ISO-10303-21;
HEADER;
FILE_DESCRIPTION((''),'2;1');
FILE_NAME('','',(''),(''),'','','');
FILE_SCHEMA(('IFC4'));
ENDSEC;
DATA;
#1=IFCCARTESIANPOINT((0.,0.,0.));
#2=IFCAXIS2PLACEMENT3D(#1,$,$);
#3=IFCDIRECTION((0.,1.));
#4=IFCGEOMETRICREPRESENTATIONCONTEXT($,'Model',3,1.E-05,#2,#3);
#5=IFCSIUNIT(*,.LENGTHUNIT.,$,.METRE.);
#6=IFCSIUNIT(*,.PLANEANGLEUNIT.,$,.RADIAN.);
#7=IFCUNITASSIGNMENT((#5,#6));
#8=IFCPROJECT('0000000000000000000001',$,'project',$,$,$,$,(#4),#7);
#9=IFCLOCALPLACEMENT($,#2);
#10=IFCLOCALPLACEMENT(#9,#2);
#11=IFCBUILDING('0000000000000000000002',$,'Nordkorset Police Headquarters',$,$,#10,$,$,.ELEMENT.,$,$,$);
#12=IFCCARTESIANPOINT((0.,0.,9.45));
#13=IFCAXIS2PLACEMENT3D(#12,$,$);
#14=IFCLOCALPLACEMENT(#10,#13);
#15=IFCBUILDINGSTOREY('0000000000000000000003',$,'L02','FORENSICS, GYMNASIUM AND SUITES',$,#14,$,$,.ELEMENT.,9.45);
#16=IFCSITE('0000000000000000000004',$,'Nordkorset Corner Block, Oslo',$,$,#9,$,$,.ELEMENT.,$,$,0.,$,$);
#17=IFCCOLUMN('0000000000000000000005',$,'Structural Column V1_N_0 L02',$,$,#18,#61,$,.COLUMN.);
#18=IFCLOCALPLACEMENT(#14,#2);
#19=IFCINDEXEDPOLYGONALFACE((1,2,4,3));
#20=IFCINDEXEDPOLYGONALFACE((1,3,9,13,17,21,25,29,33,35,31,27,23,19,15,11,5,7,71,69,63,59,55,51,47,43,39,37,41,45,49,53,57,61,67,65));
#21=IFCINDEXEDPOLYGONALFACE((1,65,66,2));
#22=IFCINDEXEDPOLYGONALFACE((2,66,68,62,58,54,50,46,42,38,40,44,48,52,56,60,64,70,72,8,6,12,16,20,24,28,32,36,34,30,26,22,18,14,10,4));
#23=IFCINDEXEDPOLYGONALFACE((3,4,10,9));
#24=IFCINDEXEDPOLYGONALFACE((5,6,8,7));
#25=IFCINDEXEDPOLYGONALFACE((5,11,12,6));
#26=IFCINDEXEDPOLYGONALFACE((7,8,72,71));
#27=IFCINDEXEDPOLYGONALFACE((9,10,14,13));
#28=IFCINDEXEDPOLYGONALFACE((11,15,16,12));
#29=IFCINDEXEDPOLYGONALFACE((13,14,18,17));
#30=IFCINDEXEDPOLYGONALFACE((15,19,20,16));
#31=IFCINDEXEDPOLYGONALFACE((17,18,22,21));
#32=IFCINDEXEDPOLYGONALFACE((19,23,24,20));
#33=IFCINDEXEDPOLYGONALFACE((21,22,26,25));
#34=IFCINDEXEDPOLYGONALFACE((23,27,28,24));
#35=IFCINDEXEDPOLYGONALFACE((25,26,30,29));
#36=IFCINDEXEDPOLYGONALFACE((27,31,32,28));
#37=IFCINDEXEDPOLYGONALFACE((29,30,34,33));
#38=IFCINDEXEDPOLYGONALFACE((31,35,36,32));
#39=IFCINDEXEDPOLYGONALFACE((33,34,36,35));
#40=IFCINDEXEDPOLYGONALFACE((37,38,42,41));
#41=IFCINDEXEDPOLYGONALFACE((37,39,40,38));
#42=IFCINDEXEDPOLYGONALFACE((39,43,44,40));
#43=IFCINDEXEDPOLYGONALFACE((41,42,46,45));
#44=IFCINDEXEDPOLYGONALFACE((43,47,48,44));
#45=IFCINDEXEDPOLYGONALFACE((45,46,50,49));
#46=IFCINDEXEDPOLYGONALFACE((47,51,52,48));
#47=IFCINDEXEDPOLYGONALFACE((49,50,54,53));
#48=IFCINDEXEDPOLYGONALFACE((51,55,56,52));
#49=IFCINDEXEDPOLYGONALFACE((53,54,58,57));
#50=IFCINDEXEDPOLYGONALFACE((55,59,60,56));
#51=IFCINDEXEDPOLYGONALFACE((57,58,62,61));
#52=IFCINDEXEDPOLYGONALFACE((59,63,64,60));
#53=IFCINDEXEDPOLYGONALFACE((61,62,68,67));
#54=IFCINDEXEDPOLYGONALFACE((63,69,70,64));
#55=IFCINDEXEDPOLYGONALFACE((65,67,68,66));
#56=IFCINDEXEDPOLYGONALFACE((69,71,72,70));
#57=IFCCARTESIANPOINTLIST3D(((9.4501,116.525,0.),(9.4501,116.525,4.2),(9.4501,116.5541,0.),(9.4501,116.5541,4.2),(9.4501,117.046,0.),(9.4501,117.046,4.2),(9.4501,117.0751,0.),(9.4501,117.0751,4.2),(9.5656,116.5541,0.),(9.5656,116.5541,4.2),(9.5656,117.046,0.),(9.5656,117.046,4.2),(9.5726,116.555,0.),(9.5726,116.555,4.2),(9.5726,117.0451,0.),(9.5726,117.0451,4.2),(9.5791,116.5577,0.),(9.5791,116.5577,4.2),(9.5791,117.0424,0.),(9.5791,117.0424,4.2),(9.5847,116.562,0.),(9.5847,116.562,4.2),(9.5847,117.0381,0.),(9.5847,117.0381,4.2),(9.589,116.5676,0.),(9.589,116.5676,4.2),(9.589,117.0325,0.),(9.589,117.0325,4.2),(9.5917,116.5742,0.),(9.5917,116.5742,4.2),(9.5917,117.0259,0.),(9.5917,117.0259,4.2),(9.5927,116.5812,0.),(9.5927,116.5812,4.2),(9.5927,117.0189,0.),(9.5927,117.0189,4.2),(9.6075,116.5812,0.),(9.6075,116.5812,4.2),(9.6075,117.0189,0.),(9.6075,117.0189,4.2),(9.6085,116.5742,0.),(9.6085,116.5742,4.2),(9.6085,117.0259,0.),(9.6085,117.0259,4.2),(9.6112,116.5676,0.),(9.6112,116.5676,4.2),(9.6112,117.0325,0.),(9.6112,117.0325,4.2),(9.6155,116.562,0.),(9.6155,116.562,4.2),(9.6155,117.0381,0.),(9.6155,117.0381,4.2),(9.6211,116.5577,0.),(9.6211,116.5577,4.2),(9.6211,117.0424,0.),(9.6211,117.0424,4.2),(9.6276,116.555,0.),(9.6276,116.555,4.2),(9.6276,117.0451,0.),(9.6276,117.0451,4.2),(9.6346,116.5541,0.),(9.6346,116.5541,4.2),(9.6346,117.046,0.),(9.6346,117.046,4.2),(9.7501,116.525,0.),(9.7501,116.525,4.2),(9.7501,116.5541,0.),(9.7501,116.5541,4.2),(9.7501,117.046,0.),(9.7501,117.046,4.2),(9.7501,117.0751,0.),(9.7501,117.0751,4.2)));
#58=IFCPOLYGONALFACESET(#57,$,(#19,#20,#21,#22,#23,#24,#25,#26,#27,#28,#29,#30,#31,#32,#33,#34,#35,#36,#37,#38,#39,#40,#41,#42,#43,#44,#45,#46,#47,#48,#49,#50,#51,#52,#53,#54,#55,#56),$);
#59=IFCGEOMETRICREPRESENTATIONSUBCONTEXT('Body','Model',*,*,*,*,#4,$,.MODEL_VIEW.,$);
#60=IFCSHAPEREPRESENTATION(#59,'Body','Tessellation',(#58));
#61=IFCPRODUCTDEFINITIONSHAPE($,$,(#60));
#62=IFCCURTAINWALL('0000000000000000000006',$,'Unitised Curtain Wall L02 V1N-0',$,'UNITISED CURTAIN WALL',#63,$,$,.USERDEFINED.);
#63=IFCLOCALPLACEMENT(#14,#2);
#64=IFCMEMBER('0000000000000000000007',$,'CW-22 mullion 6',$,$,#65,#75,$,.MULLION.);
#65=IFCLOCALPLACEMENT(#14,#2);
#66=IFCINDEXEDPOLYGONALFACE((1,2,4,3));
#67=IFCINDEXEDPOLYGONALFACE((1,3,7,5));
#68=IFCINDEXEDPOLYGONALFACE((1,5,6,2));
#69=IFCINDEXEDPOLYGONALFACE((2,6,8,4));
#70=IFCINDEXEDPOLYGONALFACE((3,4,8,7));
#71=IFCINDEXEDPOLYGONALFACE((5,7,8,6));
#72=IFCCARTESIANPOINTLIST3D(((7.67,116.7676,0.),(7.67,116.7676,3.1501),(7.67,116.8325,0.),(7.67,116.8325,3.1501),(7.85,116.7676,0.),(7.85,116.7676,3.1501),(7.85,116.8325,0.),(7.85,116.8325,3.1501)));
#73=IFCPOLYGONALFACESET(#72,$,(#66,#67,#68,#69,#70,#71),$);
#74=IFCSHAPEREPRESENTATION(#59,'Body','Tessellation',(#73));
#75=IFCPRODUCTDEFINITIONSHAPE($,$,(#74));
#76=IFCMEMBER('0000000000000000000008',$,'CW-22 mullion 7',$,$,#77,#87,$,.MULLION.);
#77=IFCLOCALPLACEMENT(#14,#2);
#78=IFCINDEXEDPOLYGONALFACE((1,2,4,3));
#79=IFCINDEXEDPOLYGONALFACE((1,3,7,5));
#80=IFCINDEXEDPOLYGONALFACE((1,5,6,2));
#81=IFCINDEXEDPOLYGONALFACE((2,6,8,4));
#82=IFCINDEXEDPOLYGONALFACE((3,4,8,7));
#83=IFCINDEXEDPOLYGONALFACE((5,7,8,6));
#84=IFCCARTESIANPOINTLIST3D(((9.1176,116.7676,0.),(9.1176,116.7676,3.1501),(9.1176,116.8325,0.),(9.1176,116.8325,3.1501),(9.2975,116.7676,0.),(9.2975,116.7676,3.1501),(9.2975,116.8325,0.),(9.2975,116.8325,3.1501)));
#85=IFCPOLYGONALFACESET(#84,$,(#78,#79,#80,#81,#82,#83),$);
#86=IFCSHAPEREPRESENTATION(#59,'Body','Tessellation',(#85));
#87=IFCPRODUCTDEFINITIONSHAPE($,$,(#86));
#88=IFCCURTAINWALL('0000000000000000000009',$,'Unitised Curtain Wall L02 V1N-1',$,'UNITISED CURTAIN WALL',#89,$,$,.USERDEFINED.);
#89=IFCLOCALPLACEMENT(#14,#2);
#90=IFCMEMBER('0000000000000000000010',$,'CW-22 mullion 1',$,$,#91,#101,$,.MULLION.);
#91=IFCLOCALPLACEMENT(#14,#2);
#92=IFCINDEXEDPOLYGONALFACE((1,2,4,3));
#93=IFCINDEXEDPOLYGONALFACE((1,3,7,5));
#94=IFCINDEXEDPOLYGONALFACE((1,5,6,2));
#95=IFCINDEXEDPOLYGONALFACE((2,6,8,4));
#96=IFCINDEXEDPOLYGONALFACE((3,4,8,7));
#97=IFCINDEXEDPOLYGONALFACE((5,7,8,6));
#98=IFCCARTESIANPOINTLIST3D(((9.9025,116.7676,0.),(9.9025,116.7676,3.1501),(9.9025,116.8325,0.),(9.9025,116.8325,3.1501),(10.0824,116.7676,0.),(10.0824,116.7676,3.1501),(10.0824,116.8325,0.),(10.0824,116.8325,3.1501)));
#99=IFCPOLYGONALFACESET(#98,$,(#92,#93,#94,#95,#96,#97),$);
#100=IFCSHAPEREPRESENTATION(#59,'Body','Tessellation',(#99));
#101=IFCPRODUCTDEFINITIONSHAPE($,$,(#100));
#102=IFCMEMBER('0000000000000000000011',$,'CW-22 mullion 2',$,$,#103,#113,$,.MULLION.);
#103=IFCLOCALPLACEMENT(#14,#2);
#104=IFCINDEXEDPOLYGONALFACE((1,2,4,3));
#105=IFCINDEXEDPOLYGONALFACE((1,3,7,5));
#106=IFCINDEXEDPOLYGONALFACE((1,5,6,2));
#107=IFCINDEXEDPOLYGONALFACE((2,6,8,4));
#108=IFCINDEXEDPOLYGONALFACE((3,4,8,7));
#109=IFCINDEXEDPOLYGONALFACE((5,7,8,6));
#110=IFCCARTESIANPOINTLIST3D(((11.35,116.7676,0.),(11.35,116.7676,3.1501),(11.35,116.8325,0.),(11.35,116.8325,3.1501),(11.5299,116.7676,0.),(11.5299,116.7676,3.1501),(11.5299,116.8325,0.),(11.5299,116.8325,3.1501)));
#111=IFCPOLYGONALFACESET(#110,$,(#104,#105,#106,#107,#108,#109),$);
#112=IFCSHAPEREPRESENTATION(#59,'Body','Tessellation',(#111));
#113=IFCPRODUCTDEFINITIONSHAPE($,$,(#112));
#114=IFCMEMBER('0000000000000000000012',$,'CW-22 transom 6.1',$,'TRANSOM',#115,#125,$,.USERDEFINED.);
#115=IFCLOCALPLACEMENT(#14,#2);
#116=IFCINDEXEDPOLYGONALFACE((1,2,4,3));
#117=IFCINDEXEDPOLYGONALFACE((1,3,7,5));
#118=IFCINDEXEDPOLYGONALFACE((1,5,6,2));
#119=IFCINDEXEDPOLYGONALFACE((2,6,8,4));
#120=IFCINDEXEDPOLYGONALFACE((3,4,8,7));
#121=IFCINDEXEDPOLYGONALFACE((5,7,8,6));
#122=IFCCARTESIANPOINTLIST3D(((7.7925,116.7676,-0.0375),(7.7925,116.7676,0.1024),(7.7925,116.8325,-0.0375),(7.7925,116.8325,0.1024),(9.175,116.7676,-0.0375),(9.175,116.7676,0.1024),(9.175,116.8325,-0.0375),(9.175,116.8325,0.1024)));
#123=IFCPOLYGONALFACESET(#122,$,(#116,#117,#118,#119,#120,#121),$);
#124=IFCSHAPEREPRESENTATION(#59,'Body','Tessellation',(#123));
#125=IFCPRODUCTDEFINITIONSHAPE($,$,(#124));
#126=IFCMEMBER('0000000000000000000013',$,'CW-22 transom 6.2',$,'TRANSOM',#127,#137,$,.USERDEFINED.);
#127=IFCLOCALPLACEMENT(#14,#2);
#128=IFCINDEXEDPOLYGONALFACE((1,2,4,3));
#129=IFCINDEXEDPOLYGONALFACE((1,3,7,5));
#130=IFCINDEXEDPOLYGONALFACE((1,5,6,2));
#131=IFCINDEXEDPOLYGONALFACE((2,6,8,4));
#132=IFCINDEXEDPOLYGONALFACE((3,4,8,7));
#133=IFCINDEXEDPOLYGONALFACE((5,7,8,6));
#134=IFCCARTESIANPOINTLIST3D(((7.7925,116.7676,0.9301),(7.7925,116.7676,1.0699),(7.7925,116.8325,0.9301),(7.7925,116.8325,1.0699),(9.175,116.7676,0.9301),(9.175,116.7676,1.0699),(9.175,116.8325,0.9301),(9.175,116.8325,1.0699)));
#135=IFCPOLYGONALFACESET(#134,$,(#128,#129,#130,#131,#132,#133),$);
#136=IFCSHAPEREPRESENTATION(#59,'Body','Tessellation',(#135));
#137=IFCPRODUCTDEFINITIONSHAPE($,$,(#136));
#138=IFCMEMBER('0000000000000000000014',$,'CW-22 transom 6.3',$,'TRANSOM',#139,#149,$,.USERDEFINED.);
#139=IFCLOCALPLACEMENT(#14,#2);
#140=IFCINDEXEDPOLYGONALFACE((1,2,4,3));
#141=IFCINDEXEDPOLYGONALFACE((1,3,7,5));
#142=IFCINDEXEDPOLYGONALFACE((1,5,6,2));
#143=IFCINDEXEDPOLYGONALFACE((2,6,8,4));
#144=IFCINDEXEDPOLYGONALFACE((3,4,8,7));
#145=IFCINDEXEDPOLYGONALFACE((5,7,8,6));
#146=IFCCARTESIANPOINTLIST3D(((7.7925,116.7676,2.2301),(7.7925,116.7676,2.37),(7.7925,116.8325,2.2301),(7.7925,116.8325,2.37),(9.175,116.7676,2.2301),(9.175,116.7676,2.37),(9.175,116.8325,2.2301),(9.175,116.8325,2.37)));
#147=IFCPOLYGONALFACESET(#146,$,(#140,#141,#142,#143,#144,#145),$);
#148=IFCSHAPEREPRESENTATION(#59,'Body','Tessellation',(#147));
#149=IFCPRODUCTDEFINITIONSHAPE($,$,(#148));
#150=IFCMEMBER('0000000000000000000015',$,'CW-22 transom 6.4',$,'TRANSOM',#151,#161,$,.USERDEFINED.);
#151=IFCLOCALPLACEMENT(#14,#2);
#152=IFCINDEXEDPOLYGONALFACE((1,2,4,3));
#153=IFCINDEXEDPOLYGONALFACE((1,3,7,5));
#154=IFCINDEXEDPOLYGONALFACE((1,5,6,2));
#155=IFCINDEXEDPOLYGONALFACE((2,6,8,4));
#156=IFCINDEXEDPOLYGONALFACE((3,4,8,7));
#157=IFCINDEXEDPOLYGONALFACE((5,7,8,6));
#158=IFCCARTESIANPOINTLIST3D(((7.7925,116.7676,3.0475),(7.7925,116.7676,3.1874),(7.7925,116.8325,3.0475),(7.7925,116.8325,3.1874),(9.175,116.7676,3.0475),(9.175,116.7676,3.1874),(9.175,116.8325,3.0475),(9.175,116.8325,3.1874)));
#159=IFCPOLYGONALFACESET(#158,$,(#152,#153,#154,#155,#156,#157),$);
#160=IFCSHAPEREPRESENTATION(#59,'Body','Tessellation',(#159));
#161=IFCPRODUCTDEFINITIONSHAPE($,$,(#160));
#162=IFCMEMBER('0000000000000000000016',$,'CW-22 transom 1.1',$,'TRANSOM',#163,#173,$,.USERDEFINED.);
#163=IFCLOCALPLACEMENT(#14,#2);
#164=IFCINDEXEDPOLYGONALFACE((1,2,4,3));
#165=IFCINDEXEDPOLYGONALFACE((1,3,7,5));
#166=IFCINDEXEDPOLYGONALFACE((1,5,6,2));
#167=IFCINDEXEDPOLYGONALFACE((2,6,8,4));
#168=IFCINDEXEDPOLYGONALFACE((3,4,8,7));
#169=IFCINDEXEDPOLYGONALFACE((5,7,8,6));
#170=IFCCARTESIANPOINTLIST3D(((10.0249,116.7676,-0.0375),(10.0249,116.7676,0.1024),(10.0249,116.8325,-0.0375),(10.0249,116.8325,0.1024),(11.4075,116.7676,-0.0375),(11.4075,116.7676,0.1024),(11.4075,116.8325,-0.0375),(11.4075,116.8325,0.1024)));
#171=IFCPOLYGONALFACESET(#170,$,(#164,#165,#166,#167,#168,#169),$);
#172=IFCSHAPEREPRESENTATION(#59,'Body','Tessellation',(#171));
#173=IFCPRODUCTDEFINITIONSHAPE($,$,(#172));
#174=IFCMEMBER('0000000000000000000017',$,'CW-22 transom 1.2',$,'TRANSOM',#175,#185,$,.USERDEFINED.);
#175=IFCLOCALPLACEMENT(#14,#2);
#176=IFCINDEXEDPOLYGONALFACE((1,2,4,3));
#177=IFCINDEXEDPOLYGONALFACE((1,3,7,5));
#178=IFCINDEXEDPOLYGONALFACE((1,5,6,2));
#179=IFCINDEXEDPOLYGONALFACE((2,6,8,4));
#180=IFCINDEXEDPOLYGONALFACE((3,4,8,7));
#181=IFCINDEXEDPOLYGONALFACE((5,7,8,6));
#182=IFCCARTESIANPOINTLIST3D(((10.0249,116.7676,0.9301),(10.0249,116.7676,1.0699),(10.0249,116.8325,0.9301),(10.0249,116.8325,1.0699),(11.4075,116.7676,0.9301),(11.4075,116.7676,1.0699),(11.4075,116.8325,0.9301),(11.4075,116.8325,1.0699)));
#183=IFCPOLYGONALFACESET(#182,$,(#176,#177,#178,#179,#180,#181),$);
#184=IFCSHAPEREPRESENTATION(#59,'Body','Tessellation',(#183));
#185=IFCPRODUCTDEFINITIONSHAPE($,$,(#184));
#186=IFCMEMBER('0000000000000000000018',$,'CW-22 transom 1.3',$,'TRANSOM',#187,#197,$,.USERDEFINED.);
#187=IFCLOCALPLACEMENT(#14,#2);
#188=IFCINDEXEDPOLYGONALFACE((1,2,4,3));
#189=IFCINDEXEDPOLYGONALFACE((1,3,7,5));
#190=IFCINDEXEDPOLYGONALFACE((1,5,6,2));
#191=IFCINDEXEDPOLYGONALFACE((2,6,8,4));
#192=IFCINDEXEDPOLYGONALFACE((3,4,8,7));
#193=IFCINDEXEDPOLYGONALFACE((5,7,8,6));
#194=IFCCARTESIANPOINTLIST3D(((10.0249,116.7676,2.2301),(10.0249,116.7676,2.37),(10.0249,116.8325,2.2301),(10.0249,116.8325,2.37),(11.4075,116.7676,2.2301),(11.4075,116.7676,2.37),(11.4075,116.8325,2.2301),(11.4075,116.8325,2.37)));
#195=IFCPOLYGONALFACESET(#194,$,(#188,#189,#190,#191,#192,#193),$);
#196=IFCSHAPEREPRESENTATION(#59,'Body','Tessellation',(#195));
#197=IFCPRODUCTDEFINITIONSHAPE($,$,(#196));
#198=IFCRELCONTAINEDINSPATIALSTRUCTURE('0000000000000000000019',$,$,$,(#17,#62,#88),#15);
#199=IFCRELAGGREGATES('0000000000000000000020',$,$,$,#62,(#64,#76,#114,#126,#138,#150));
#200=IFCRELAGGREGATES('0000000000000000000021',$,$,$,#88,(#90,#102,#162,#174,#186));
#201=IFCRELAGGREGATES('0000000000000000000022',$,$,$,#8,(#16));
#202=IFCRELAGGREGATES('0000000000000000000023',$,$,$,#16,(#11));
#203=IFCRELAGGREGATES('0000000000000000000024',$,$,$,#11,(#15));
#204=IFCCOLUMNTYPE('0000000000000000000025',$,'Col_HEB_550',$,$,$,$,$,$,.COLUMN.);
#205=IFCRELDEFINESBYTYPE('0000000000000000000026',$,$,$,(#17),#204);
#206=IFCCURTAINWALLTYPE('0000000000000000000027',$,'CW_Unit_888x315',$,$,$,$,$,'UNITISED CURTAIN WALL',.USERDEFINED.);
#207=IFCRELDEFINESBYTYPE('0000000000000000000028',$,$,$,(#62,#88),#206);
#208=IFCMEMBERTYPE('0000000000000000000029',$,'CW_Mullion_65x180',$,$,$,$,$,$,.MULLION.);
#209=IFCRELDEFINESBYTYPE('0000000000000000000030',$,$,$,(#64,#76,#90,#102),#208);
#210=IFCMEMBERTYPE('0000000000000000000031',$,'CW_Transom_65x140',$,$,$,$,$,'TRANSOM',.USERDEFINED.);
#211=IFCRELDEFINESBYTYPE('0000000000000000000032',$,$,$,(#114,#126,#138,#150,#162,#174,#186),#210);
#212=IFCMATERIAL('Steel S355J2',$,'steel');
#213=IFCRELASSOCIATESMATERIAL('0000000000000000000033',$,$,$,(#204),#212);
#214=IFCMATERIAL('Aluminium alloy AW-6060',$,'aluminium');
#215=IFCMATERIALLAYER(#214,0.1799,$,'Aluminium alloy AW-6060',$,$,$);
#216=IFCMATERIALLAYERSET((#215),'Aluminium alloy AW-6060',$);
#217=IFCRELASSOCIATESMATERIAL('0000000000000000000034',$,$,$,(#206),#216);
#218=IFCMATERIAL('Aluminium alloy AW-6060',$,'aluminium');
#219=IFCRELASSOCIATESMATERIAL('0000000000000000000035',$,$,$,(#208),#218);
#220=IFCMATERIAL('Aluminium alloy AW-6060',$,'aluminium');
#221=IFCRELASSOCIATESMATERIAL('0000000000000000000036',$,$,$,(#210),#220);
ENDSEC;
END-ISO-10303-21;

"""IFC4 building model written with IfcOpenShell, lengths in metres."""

from ifc_helpers import new_model, si_unit, direction, frame, origin, origin_2d, place, context, subcontext, project, spatial, rectangle, i_section, extrude, material, layer, layer_set, material_profile, profile_set, type_object, element, aggregate, save


model = new_model("IFC4")

# Units and contexts
model_context = context("Model", 3, precision=1e-05, world=origin(), true_north=direction((0.0, 1.0)))
body_context = subcontext(model_context, "Body", "Model", "MODEL_VIEW")
ifc_project = project(units=[si_unit("LENGTHUNIT", "METRE"), si_unit("PLANEANGLEUNIT", "RADIAN")], contexts=[model_context])

# Site, building, storey
site_placement = place(None, origin())
site = spatial("IfcSite", under=ifc_project, at=site_placement, Name="Nordkorset Corner Block, Oslo", CompositionType="ELEMENT", RefElevation=0.0)
building_placement = place(site_placement, origin())
building = spatial("IfcBuilding", under=site, at=building_placement, Name="Nordkorset Police Headquarters", CompositionType="ELEMENT")
storey_placement = place(building_placement, frame((0.0, 0.0, 9.45)))
storey = spatial("IfcBuildingStorey", under=building, at=storey_placement, Name="L02", Description="FORENSICS, GYMNASIUM AND SUITES", CompositionType="ELEMENT", Elevation=9.45)

# Column
ifc_material_1 = material(Name="Steel S355J2", Category="steel")
ifc_material_profile_1 = material_profile(ifc_material_1, i_section(OverallWidth=0.3, OverallDepth=0.55, WebThickness=0.0149, FlangeThickness=0.0291, FilletRadius=0.0271, at=origin_2d()), Name="HEB 550")
ifc_profile_set_1 = profile_set([ifc_material_profile_1], Name="Steel S355J2")
column_type = type_object("IfcColumnType", Name="Col_HEB_550", PredefinedType="COLUMN", material=ifc_profile_set_1)
column_placement = place(storey_placement, frame((9.6001, 116.8, 0.0), z_axis=(0.0, 0.0, 1.0), x_axis=(1.0, 0.0, 0.0)))
element("IfcColumn", 1, at=column_placement, inside=storey, type_object=column_type, Name="Structural Column V1_N_0 L02", PredefinedType="COLUMN", context=body_context, shape_type="SweptSolid", body=[
    extrude(i_section(OverallWidth=0.3, OverallDepth=0.55, WebThickness=0.0149, FlangeThickness=0.0291, FilletRadius=0.0271, at=origin_2d()), origin(), (0.0, 0.0, 1.0), 4.2),
])

# Curtain walls, members
ifc_material_2 = material(Name="Aluminium alloy AW-6060", Category="aluminium")
ifc_layer_1 = layer(ifc_material_2, 0.1799, Name="Aluminium alloy AW-6060")
ifc_layer_set_1 = layer_set([ifc_layer_1], Name="Aluminium alloy AW-6060")
curtain_wall_type = type_object("IfcCurtainWallType", Name="CW_Unit_888x315", ElementType="UNITISED CURTAIN WALL", PredefinedType="USERDEFINED", material=ifc_layer_set_1)
curtain_wall_1_placement = place(storey_placement, origin())
curtain_wall_1 = element("IfcCurtainWall", 2, at=curtain_wall_1_placement, inside=storey, type_object=curtain_wall_type, Name="Unitised Curtain Wall L02 V1N-0", ObjectType="UNITISED CURTAIN WALL", PredefinedType="USERDEFINED")
ifc_material_3 = material(Name="Aluminium alloy AW-6060", Category="aluminium")
ifc_material_profile_2 = material_profile(ifc_material_3, rectangle(XDim=0.0649, YDim=0.1799, at=origin_2d()), Name="ALU MULL 65x180")
ifc_profile_set_2 = profile_set([ifc_material_profile_2], Name="Aluminium alloy AW-6060")
member_type_1 = type_object("IfcMemberType", Name="CW_Mullion_65x180", PredefinedType="MULLION", material=ifc_profile_set_2)
member_1_placement = place(storey_placement, frame((7.76, 116.8, 0.0), z_axis=(0.0, 0.0, 1.0), x_axis=(0.0, 1.0, 0.0)))
member_1 = element("IfcMember", 3, at=member_1_placement, type_object=member_type_1, Name="CW-22 mullion 6", PredefinedType="MULLION", context=body_context, shape_type="SweptSolid", body=[
    extrude(rectangle(XDim=0.0649, YDim=0.1799, at=origin_2d()), origin(), (0.0, 0.0, 1.0), 3.1501),
])
member_2_placement = place(storey_placement, frame((9.2075, 116.8, 0.0), z_axis=(0.0, 0.0, 1.0), x_axis=(0.0, 1.0, 0.0)))
member_2 = element("IfcMember", 4, at=member_2_placement, type_object=member_type_1, Name="CW-22 mullion 7", PredefinedType="MULLION", context=body_context, shape_type="SweptSolid", body=[
    extrude(rectangle(XDim=0.0649, YDim=0.1799, at=origin_2d()), origin(), (0.0, 0.0, 1.0), 3.1501),
])
curtain_wall_2_placement = place(storey_placement, origin())
curtain_wall_2 = element("IfcCurtainWall", 5, at=curtain_wall_2_placement, inside=storey, type_object=curtain_wall_type, Name="Unitised Curtain Wall L02 V1N-1", ObjectType="UNITISED CURTAIN WALL", PredefinedType="USERDEFINED")
member_3_placement = place(storey_placement, frame((9.9924, 116.8, 0.0), z_axis=(0.0, 0.0, 1.0), x_axis=(0.0, 1.0, 0.0)))
member_3 = element("IfcMember", 6, at=member_3_placement, type_object=member_type_1, Name="CW-22 mullion 1", PredefinedType="MULLION", context=body_context, shape_type="SweptSolid", body=[
    extrude(rectangle(XDim=0.0649, YDim=0.1799, at=origin_2d()), origin(), (0.0, 0.0, 1.0), 3.1501),
])
member_4_placement = place(storey_placement, frame((11.4399, 116.8, 0.0), z_axis=(0.0, 0.0, 1.0), x_axis=(0.0, 1.0, 0.0)))
member_4 = element("IfcMember", 7, at=member_4_placement, type_object=member_type_1, Name="CW-22 mullion 2", PredefinedType="MULLION", context=body_context, shape_type="SweptSolid", body=[
    extrude(rectangle(XDim=0.0649, YDim=0.1799, at=origin_2d()), origin(), (0.0, 0.0, 1.0), 3.1501),
])

# Members
ifc_material_4 = material(Name="Aluminium alloy AW-6060", Category="aluminium")
ifc_material_profile_3 = material_profile(ifc_material_4, rectangle(XDim=0.0649, YDim=0.1399, at=origin_2d()), Name="ALU TRAN 65x140")
ifc_profile_set_3 = profile_set([ifc_material_profile_3], Name="Aluminium alloy AW-6060")
member_type_2 = type_object("IfcMemberType", Name="CW_Transom_65x140", ElementType="TRANSOM", PredefinedType="USERDEFINED", material=ifc_profile_set_3)
member_5_placement = place(storey_placement, frame((7.7925, 116.8, 0.0325), z_axis=(1.0, 0.0, 0.0), x_axis=(0.0, 1.0, 0.0)))
member_5 = element("IfcMember", 8, at=member_5_placement, type_object=member_type_2, Name="CW-22 transom 6.1", ObjectType="TRANSOM", PredefinedType="USERDEFINED", context=body_context, shape_type="SweptSolid", body=[
    extrude(rectangle(XDim=0.0649, YDim=0.1399, at=origin_2d()), origin(), (0.0, 0.0, 1.0), 1.3826),
])
member_6_placement = place(storey_placement, frame((7.7925, 116.8, 1.0), z_axis=(1.0, 0.0, 0.0), x_axis=(0.0, 1.0, 0.0)))
member_6 = element("IfcMember", 9, at=member_6_placement, type_object=member_type_2, Name="CW-22 transom 6.2", ObjectType="TRANSOM", PredefinedType="USERDEFINED", context=body_context, shape_type="SweptSolid", body=[
    extrude(rectangle(XDim=0.0649, YDim=0.1399, at=origin_2d()), origin(), (0.0, 0.0, 1.0), 1.3826),
])
member_7_placement = place(storey_placement, frame((7.7925, 116.8, 2.3), z_axis=(1.0, 0.0, 0.0), x_axis=(0.0, 1.0, 0.0)))
member_7 = element("IfcMember", 10, at=member_7_placement, type_object=member_type_2, Name="CW-22 transom 6.3", ObjectType="TRANSOM", PredefinedType="USERDEFINED", context=body_context, shape_type="SweptSolid", body=[
    extrude(rectangle(XDim=0.0649, YDim=0.1399, at=origin_2d()), origin(), (0.0, 0.0, 1.0), 1.3826),
])
member_8_placement = place(storey_placement, frame((7.7925, 116.8, 3.1174), z_axis=(1.0, 0.0, 0.0), x_axis=(0.0, 1.0, 0.0)))
member_8 = element("IfcMember", 11, at=member_8_placement, type_object=member_type_2, Name="CW-22 transom 6.4", ObjectType="TRANSOM", PredefinedType="USERDEFINED", context=body_context, shape_type="SweptSolid", body=[
    extrude(rectangle(XDim=0.0649, YDim=0.1399, at=origin_2d()), origin(), (0.0, 0.0, 1.0), 1.3826),
])
member_9_placement = place(storey_placement, frame((10.0249, 116.8, 0.0325), z_axis=(1.0, 0.0, 0.0), x_axis=(0.0, 1.0, 0.0)))
member_9 = element("IfcMember", 12, at=member_9_placement, type_object=member_type_2, Name="CW-22 transom 1.1", ObjectType="TRANSOM", PredefinedType="USERDEFINED", context=body_context, shape_type="SweptSolid", body=[
    extrude(rectangle(XDim=0.0649, YDim=0.1399, at=origin_2d()), origin(), (0.0, 0.0, 1.0), 1.3826),
])
member_10_placement = place(storey_placement, frame((10.0249, 116.8, 1.0), z_axis=(1.0, 0.0, 0.0), x_axis=(0.0, 1.0, 0.0)))
member_10 = element("IfcMember", 13, at=member_10_placement, type_object=member_type_2, Name="CW-22 transom 1.2", ObjectType="TRANSOM", PredefinedType="USERDEFINED", context=body_context, shape_type="SweptSolid", body=[
    extrude(rectangle(XDim=0.0649, YDim=0.1399, at=origin_2d()), origin(), (0.0, 0.0, 1.0), 1.3826),
])
member_11_placement = place(storey_placement, frame((10.0249, 116.8, 2.3), z_axis=(1.0, 0.0, 0.0), x_axis=(0.0, 1.0, 0.0)))
member_11 = element("IfcMember", 14, at=member_11_placement, type_object=member_type_2, Name="CW-22 transom 1.3", ObjectType="TRANSOM", PredefinedType="USERDEFINED", context=body_context, shape_type="SweptSolid", body=[
    extrude(rectangle(XDim=0.0649, YDim=0.1399, at=origin_2d()), origin(), (0.0, 0.0, 1.0), 1.3826),
])

aggregate(curtain_wall_1, [member_1, member_2, member_5, member_6, member_7, member_8])
aggregate(curtain_wall_2, [member_3, member_4, member_9, member_10, member_11])

save(model, "model.ifc")
